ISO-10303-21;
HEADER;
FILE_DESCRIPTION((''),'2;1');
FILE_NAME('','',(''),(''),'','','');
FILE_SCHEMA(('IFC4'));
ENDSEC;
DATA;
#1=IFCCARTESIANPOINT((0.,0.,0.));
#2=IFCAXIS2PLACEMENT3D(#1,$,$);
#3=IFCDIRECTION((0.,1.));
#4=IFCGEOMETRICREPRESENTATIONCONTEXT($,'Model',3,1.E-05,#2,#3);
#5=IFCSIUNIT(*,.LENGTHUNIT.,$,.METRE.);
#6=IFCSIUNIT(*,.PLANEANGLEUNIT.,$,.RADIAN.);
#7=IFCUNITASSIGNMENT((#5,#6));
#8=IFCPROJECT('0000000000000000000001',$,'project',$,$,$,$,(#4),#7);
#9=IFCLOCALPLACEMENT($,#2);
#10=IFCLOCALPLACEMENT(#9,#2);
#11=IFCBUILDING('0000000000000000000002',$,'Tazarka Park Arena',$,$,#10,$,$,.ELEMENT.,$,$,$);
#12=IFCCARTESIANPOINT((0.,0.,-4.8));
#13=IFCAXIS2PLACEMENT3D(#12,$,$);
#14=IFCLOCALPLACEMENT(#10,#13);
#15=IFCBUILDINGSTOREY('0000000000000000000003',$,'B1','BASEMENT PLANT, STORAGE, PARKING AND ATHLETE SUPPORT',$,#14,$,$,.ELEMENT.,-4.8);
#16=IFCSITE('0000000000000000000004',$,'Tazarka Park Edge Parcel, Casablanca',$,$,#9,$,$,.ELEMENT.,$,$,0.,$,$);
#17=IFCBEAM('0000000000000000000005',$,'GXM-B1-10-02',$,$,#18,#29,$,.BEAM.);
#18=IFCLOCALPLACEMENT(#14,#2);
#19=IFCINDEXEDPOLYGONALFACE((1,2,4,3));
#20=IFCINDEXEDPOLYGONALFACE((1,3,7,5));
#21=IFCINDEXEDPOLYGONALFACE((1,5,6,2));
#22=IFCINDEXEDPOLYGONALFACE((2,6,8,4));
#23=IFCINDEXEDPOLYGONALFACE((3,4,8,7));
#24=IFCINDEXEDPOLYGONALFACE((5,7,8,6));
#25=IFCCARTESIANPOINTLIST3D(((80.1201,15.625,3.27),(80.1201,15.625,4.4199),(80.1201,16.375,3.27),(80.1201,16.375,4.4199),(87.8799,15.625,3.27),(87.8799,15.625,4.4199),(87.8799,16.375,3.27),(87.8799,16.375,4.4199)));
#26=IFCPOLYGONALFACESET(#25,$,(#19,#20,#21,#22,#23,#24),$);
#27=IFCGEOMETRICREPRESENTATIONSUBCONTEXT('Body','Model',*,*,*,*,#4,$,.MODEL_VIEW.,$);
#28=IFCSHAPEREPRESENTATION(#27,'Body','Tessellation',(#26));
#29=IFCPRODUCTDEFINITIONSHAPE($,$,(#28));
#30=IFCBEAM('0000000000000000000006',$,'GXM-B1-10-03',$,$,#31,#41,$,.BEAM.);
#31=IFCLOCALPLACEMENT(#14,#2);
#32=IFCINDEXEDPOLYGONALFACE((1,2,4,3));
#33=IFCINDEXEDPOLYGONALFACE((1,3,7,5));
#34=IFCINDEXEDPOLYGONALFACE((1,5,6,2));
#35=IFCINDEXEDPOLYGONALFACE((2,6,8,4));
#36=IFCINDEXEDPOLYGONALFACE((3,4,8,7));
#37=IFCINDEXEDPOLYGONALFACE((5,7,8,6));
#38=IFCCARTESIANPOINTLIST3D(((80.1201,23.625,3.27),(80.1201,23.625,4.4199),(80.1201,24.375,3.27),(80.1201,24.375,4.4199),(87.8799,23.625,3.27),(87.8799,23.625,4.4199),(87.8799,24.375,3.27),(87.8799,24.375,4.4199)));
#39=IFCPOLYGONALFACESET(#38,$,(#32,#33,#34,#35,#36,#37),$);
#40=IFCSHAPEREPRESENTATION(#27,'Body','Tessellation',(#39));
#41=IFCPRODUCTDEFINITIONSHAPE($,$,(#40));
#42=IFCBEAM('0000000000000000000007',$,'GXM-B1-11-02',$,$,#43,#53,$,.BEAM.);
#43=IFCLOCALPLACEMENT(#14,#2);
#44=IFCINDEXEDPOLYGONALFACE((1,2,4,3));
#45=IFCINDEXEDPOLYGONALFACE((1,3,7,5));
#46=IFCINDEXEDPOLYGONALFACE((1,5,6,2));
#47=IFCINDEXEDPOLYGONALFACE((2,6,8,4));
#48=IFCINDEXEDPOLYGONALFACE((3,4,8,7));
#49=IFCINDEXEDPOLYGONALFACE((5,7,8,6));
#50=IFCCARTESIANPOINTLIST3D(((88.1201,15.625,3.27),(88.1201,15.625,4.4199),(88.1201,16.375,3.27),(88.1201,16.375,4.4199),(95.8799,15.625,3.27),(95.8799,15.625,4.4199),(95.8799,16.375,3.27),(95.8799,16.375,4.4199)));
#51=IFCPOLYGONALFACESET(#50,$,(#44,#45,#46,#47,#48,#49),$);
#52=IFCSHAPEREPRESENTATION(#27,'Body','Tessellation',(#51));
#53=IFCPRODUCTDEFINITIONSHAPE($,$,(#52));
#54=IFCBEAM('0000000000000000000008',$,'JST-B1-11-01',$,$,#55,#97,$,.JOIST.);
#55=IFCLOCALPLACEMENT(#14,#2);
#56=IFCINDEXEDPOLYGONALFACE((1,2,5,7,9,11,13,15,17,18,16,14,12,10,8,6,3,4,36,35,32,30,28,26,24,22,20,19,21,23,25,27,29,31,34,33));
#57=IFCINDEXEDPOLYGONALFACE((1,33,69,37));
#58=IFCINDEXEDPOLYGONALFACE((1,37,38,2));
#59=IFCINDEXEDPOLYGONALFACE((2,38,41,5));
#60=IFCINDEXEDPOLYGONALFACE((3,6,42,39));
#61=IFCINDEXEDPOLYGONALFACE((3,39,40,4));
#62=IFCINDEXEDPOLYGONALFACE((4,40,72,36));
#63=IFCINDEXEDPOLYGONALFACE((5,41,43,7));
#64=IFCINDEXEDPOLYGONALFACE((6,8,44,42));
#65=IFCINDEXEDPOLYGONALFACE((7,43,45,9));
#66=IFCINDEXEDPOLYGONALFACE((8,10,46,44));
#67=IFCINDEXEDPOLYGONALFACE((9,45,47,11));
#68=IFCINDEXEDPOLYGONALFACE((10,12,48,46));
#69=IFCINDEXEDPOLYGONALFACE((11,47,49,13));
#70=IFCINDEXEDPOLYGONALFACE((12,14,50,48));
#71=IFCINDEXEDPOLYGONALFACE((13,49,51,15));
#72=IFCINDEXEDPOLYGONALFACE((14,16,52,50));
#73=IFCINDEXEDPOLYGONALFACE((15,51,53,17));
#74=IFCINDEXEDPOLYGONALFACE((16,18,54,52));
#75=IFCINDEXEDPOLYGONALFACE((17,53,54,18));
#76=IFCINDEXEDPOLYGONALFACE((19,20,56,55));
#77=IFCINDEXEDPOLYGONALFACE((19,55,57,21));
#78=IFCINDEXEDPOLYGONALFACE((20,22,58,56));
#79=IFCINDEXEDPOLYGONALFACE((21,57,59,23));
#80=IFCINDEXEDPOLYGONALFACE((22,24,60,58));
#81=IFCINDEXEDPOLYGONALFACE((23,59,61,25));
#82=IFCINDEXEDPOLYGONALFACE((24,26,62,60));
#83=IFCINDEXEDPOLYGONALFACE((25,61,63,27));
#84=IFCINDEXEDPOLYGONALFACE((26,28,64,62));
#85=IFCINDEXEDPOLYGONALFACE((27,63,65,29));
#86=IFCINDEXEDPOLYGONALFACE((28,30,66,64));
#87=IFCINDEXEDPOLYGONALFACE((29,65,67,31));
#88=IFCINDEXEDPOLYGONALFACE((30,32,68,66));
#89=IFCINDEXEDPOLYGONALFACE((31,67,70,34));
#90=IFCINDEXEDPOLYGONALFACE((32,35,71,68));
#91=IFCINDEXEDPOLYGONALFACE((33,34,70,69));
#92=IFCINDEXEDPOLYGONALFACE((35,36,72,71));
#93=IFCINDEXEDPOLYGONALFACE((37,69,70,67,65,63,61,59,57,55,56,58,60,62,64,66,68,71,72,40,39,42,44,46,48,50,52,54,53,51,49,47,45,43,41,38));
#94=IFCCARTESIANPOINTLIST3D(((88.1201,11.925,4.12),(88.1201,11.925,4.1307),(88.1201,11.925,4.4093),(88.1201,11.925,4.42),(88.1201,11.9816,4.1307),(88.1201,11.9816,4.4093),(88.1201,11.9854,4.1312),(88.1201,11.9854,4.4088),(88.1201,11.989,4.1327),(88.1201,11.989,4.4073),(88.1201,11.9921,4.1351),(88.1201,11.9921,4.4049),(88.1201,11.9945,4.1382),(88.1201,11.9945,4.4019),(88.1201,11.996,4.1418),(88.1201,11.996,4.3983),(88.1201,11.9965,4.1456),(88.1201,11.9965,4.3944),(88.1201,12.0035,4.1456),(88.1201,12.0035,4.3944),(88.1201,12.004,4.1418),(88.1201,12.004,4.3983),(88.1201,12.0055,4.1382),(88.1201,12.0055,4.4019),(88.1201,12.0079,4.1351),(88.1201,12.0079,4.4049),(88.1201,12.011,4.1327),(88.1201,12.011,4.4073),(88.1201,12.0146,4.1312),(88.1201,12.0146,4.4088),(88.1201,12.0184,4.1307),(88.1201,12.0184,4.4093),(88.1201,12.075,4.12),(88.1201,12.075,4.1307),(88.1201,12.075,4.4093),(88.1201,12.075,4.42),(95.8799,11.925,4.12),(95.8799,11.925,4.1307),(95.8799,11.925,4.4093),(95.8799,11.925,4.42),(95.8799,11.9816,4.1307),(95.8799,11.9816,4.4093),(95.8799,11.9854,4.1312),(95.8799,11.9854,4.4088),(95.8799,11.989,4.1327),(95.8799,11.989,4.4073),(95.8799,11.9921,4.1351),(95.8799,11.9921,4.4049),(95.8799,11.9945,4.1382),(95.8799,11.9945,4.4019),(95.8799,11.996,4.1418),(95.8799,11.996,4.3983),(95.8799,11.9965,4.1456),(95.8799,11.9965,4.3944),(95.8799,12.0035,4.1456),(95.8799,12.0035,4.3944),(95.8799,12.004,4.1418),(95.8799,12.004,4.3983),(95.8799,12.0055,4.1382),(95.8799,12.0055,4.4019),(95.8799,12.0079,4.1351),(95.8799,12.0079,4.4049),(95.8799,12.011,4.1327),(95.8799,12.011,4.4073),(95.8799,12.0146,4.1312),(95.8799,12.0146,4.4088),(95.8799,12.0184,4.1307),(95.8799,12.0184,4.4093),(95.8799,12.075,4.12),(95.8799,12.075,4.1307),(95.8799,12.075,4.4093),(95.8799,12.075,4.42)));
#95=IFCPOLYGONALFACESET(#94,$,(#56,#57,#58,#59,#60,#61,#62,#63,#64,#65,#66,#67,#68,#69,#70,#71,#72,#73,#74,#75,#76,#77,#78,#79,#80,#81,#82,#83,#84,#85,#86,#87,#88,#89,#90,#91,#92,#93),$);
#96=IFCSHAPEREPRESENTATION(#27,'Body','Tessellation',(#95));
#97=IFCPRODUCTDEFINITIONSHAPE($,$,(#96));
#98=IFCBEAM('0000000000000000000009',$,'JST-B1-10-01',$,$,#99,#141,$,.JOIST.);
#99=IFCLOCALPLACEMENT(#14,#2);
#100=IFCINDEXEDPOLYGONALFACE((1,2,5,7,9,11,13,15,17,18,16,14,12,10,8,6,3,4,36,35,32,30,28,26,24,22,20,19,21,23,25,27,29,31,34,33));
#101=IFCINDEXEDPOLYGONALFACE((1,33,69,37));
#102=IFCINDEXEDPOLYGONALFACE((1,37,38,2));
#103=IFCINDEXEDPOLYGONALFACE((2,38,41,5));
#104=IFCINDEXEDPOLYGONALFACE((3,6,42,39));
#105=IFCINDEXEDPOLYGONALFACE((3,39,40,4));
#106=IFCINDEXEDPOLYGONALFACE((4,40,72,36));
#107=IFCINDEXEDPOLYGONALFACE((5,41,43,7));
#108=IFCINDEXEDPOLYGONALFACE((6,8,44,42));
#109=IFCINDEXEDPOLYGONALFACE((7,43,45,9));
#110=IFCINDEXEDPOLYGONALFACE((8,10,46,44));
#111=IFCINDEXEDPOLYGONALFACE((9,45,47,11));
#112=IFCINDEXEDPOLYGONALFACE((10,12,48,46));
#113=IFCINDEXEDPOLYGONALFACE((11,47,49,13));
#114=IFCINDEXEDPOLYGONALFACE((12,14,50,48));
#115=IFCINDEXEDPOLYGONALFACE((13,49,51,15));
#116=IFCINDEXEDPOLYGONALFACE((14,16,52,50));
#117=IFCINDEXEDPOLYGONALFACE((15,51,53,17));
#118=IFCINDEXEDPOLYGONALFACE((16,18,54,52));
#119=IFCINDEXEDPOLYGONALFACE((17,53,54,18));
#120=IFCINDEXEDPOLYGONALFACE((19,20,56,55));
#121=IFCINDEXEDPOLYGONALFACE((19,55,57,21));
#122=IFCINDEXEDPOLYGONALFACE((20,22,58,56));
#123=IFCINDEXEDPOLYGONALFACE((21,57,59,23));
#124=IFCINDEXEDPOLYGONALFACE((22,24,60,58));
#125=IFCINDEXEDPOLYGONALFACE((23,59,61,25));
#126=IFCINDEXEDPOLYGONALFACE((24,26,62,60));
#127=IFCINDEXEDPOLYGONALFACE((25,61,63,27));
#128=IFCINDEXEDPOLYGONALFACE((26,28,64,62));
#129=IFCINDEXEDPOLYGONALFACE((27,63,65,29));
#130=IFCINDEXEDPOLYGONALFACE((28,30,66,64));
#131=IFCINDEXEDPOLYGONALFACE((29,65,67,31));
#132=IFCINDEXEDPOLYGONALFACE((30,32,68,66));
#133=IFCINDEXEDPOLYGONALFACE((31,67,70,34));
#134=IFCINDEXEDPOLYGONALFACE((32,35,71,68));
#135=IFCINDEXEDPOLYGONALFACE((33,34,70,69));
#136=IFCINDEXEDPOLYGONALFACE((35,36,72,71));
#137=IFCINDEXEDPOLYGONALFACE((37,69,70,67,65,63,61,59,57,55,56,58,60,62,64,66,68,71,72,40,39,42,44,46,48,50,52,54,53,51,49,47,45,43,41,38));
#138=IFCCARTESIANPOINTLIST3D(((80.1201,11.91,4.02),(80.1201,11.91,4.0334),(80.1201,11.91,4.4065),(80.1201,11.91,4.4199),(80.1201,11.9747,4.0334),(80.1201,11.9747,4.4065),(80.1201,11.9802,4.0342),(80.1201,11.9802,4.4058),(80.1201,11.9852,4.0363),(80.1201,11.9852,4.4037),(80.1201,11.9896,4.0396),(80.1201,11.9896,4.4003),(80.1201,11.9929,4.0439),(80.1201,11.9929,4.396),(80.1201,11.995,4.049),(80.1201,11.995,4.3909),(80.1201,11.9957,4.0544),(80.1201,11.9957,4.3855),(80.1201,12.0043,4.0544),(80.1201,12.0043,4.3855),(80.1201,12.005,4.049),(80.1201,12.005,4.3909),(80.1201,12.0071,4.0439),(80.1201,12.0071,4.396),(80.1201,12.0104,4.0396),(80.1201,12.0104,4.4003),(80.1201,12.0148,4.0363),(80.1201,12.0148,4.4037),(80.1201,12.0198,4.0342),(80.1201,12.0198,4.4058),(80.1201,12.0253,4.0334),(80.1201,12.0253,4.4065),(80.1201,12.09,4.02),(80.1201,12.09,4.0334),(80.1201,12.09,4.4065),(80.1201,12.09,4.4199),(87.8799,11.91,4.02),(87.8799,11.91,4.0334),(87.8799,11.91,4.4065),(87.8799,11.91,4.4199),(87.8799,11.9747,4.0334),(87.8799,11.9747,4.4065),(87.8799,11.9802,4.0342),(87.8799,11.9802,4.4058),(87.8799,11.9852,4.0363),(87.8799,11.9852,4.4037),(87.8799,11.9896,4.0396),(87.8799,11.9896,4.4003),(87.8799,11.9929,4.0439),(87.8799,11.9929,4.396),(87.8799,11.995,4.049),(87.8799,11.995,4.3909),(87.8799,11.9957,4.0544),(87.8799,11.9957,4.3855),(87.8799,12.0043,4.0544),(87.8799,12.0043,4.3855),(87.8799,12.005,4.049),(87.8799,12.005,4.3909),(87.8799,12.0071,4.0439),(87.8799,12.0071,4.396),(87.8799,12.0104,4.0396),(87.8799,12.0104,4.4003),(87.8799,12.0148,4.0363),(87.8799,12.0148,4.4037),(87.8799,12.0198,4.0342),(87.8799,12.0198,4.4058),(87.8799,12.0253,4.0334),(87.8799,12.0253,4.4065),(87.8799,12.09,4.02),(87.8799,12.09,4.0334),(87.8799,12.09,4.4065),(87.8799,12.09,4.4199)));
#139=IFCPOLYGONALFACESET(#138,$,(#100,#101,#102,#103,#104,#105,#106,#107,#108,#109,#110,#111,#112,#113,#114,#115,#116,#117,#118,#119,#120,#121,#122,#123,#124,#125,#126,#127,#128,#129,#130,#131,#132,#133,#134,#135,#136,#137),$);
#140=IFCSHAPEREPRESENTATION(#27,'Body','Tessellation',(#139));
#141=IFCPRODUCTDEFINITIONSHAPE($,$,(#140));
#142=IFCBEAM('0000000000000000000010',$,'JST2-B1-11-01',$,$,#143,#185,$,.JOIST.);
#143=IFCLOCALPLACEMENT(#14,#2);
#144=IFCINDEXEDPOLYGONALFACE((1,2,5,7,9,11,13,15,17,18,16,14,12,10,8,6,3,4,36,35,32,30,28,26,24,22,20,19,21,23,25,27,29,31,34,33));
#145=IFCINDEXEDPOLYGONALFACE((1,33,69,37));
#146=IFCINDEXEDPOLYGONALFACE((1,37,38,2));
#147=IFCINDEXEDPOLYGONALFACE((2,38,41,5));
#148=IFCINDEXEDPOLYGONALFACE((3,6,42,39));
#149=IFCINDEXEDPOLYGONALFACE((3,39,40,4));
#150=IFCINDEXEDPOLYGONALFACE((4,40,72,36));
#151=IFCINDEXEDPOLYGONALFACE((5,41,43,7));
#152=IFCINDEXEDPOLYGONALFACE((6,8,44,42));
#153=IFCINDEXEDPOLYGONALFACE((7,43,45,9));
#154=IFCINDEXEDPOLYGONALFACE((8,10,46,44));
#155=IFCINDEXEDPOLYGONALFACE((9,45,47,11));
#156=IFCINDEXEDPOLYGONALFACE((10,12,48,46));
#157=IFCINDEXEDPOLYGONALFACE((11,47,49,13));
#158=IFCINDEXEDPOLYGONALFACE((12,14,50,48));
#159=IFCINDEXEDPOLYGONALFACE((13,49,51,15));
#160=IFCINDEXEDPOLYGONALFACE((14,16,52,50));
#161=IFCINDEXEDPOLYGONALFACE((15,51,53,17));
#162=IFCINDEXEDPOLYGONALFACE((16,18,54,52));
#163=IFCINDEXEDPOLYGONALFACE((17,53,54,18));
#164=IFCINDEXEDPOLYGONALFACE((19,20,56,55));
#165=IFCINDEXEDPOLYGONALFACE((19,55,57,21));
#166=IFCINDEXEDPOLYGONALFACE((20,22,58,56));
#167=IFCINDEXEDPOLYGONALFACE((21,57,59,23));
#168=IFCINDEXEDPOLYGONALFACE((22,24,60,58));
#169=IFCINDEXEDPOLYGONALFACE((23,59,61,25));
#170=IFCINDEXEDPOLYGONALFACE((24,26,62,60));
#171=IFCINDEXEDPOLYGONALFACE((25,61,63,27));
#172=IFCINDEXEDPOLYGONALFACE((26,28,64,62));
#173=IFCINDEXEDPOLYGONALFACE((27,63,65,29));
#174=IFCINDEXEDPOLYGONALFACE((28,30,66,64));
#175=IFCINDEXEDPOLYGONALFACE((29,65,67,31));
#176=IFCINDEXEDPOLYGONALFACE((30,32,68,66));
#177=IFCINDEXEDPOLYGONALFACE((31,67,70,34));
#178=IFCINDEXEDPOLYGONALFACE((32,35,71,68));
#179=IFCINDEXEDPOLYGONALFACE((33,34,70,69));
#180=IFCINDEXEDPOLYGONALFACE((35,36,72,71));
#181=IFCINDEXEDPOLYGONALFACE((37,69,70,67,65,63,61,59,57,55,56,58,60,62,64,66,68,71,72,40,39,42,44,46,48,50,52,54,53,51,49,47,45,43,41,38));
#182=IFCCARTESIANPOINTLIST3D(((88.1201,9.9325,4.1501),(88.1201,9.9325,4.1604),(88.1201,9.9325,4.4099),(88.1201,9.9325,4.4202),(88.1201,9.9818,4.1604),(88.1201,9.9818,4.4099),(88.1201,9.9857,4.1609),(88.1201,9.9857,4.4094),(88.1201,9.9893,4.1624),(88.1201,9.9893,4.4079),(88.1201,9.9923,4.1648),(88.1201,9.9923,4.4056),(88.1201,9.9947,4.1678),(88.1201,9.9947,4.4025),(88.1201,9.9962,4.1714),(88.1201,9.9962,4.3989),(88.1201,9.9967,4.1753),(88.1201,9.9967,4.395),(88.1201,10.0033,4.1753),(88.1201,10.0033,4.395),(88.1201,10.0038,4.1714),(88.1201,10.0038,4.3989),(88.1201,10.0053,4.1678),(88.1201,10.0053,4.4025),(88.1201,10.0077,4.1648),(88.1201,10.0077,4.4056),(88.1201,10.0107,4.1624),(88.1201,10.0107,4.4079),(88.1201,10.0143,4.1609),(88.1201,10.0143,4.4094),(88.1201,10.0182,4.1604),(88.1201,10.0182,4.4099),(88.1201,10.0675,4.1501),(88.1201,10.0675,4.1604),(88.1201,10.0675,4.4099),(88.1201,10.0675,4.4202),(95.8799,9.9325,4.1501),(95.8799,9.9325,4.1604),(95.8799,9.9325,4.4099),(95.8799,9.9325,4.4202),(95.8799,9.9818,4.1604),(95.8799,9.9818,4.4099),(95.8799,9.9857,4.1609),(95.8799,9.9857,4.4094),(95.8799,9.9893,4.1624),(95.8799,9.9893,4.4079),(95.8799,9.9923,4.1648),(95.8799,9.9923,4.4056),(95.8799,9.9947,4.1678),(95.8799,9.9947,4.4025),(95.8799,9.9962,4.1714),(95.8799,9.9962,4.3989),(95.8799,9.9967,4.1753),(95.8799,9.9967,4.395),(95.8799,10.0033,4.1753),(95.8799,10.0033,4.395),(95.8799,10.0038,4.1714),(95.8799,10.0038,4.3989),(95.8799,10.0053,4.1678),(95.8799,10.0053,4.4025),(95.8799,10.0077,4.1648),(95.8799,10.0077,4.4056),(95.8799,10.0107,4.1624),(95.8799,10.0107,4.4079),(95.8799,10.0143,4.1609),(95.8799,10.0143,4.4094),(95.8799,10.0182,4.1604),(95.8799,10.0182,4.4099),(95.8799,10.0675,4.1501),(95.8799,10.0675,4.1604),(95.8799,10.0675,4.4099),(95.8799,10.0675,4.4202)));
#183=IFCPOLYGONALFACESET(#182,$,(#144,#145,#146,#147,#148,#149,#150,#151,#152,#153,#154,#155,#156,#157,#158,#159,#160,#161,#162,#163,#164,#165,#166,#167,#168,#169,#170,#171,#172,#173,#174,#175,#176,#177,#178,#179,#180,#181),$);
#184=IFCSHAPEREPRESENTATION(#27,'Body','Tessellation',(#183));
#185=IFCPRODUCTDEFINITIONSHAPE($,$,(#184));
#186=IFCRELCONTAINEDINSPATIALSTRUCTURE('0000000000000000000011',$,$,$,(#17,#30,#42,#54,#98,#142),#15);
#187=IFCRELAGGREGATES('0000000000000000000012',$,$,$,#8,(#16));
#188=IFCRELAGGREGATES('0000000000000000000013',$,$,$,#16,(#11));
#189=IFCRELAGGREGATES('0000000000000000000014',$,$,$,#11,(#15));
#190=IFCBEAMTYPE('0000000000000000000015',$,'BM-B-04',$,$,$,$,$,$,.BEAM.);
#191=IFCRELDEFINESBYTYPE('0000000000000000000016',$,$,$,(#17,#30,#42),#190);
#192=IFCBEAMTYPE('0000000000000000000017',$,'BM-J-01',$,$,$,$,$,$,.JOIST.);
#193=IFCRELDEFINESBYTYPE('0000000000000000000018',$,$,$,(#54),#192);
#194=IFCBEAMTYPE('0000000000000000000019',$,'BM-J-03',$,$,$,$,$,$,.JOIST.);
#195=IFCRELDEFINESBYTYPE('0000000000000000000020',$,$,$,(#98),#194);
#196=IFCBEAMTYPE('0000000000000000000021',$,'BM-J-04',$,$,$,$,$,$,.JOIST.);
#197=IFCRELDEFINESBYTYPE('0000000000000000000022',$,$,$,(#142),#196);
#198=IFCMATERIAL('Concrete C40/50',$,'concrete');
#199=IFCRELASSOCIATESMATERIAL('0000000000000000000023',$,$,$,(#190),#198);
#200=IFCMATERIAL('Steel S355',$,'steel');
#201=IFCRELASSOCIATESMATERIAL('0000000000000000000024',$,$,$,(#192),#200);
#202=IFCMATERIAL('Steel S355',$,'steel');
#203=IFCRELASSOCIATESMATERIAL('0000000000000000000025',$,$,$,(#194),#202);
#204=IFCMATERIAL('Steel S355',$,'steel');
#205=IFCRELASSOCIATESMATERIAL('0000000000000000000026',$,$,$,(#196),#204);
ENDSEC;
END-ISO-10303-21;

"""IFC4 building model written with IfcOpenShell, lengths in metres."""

from ifc_helpers import new_model, si_unit, direction, frame, origin, origin_2d, place, context, subcontext, project, spatial, rectangle, i_section, extrude, material, material_profile, profile_set, type_object, element, save


model = new_model("IFC4")

# Units and contexts
model_context = context("Model", 3, precision=1e-05, world=origin(), true_north=direction((0.0, 1.0)))
body_context = subcontext(model_context, "Body", "Model", "MODEL_VIEW")
ifc_project = project(units=[si_unit("LENGTHUNIT", "METRE"), si_unit("PLANEANGLEUNIT", "RADIAN")], contexts=[model_context])

# Site, building, storey
site_placement = place(None, origin())
site = spatial("IfcSite", under=ifc_project, at=site_placement, Name="Tazarka Park Edge Parcel, Casablanca", CompositionType="ELEMENT", RefElevation=0.0)
building_placement = place(site_placement, origin())
building = spatial("IfcBuilding", under=site, at=building_placement, Name="Tazarka Park Arena", CompositionType="ELEMENT")
storey_placement = place(building_placement, frame((0.0, 0.0, -4.8)))
storey = spatial("IfcBuildingStorey", under=building, at=storey_placement, Name="B1", Description="BASEMENT PLANT, STORAGE, PARKING AND ATHLETE SUPPORT", CompositionType="ELEMENT", Elevation=-4.8)

# Beams
ifc_material_1 = material(Name="Concrete C40/50", Category="concrete")
ifc_material_profile_1 = material_profile(ifc_material_1, rectangle(XDim=0.75, YDim=1.1499, at=origin_2d()), Name="Concrete C40/50")
ifc_profile_set_1 = profile_set([ifc_material_profile_1], Name="Concrete C40/50")
beam_type_1 = type_object("IfcBeamType", Name="BM-B-04", PredefinedType="BEAM", material=ifc_profile_set_1)
for number, where, z_axis, x_axis, name in (
    (1, (80.1201, 16.0, 3.845), (1.0, 0.0, 0.0), (0.0, 1.0, 0.0), "GXM-B1-10-02"),
    (2, (80.1201, 24.0, 3.845), (1.0, 0.0, 0.0), (0.0, 1.0, 0.0), "GXM-B1-10-03"),
    (3, (88.1201, 16.0, 3.845), (1.0, 0.0, 0.0), (0.0, 1.0, 0.0), "GXM-B1-11-02"),
):
    element("IfcBeam", number, at=place(storey_placement, frame(where, z_axis=z_axis, x_axis=x_axis)), inside=storey, type_object=beam_type_1, Name=name, PredefinedType="BEAM", context=body_context, shape_type="SweptSolid", body=[
        extrude(rectangle(XDim=0.75, YDim=1.1499, at=origin_2d()), origin(), (0.0, 0.0, 1.0), 7.7598),
    ])
ifc_material_2 = material(Name="Steel S355", Category="steel")
ifc_material_profile_2 = material_profile(ifc_material_2, i_section(OverallWidth=0.1499, OverallDepth=0.3, WebThickness=0.0071, FlangeThickness=0.0107, FilletRadius=0.0149, at=origin_2d()), Name="Steel S355")
ifc_profile_set_2 = profile_set([ifc_material_profile_2], Name="Steel S355")
beam_type_2 = type_object("IfcBeamType", Name="BM-J-01", PredefinedType="JOIST", material=ifc_profile_set_2)
beam_1_placement = place(storey_placement, frame((88.1201, 12.0, 4.27), z_axis=(1.0, 0.0, 0.0), x_axis=(0.0, 1.0, 0.0)))
element("IfcBeam", 4, at=beam_1_placement, inside=storey, type_object=beam_type_2, Name="JST-B1-11-01", PredefinedType="JOIST", context=body_context, shape_type="SweptSolid", body=[
    extrude(i_section(OverallWidth=0.1499, OverallDepth=0.3, WebThickness=0.0071, FlangeThickness=0.0107, FilletRadius=0.0149, at=origin_2d()), origin(), (0.0, 0.0, 1.0), 7.7598),
])
ifc_material_3 = material(Name="Steel S355", Category="steel")
ifc_material_profile_3 = material_profile(ifc_material_3, i_section(OverallWidth=0.1799, OverallDepth=0.3999, WebThickness=0.0085, FlangeThickness=0.0134, FilletRadius=0.021, at=origin_2d()), Name="Steel S355")
ifc_profile_set_3 = profile_set([ifc_material_profile_3], Name="Steel S355")
beam_type_3 = type_object("IfcBeamType", Name="BM-J-03", PredefinedType="JOIST", material=ifc_profile_set_3)
beam_2_placement = place(storey_placement, frame((80.1201, 12.0, 4.22), z_axis=(1.0, 0.0, 0.0), x_axis=(0.0, 1.0, 0.0)))
element("IfcBeam", 5, at=beam_2_placement, inside=storey, type_object=beam_type_3, Name="JST-B1-10-01", PredefinedType="JOIST", context=body_context, shape_type="SweptSolid", body=[
    extrude(i_section(OverallWidth=0.1799, OverallDepth=0.3999, WebThickness=0.0085, FlangeThickness=0.0134, FilletRadius=0.021, at=origin_2d()), origin(), (0.0, 0.0, 1.0), 7.7598),
])
ifc_material_4 = material(Name="Steel S355", Category="steel")
ifc_material_profile_4 = material_profile(ifc_material_4, i_section(OverallWidth=0.135, OverallDepth=0.27, WebThickness=0.0066, FlangeThickness=0.0103, FilletRadius=0.0149, at=origin_2d()), Name="Steel S355")
ifc_profile_set_4 = profile_set([ifc_material_profile_4], Name="Steel S355")
beam_type_4 = type_object("IfcBeamType", Name="BM-J-04", PredefinedType="JOIST", material=ifc_profile_set_4)
beam_3_placement = place(storey_placement, frame((88.1201, 10.0, 4.2852), z_axis=(1.0, 0.0, 0.0), x_axis=(0.0, 1.0, 0.0)))
element("IfcBeam", 6, at=beam_3_placement, inside=storey, type_object=beam_type_4, Name="JST2-B1-11-01", PredefinedType="JOIST", context=body_context, shape_type="SweptSolid", body=[
    extrude(i_section(OverallWidth=0.135, OverallDepth=0.27, WebThickness=0.0066, FlangeThickness=0.0103, FilletRadius=0.0149, at=origin_2d()), origin(), (0.0, 0.0, 1.0), 7.7598),
])

save(model, "model.ifc")
